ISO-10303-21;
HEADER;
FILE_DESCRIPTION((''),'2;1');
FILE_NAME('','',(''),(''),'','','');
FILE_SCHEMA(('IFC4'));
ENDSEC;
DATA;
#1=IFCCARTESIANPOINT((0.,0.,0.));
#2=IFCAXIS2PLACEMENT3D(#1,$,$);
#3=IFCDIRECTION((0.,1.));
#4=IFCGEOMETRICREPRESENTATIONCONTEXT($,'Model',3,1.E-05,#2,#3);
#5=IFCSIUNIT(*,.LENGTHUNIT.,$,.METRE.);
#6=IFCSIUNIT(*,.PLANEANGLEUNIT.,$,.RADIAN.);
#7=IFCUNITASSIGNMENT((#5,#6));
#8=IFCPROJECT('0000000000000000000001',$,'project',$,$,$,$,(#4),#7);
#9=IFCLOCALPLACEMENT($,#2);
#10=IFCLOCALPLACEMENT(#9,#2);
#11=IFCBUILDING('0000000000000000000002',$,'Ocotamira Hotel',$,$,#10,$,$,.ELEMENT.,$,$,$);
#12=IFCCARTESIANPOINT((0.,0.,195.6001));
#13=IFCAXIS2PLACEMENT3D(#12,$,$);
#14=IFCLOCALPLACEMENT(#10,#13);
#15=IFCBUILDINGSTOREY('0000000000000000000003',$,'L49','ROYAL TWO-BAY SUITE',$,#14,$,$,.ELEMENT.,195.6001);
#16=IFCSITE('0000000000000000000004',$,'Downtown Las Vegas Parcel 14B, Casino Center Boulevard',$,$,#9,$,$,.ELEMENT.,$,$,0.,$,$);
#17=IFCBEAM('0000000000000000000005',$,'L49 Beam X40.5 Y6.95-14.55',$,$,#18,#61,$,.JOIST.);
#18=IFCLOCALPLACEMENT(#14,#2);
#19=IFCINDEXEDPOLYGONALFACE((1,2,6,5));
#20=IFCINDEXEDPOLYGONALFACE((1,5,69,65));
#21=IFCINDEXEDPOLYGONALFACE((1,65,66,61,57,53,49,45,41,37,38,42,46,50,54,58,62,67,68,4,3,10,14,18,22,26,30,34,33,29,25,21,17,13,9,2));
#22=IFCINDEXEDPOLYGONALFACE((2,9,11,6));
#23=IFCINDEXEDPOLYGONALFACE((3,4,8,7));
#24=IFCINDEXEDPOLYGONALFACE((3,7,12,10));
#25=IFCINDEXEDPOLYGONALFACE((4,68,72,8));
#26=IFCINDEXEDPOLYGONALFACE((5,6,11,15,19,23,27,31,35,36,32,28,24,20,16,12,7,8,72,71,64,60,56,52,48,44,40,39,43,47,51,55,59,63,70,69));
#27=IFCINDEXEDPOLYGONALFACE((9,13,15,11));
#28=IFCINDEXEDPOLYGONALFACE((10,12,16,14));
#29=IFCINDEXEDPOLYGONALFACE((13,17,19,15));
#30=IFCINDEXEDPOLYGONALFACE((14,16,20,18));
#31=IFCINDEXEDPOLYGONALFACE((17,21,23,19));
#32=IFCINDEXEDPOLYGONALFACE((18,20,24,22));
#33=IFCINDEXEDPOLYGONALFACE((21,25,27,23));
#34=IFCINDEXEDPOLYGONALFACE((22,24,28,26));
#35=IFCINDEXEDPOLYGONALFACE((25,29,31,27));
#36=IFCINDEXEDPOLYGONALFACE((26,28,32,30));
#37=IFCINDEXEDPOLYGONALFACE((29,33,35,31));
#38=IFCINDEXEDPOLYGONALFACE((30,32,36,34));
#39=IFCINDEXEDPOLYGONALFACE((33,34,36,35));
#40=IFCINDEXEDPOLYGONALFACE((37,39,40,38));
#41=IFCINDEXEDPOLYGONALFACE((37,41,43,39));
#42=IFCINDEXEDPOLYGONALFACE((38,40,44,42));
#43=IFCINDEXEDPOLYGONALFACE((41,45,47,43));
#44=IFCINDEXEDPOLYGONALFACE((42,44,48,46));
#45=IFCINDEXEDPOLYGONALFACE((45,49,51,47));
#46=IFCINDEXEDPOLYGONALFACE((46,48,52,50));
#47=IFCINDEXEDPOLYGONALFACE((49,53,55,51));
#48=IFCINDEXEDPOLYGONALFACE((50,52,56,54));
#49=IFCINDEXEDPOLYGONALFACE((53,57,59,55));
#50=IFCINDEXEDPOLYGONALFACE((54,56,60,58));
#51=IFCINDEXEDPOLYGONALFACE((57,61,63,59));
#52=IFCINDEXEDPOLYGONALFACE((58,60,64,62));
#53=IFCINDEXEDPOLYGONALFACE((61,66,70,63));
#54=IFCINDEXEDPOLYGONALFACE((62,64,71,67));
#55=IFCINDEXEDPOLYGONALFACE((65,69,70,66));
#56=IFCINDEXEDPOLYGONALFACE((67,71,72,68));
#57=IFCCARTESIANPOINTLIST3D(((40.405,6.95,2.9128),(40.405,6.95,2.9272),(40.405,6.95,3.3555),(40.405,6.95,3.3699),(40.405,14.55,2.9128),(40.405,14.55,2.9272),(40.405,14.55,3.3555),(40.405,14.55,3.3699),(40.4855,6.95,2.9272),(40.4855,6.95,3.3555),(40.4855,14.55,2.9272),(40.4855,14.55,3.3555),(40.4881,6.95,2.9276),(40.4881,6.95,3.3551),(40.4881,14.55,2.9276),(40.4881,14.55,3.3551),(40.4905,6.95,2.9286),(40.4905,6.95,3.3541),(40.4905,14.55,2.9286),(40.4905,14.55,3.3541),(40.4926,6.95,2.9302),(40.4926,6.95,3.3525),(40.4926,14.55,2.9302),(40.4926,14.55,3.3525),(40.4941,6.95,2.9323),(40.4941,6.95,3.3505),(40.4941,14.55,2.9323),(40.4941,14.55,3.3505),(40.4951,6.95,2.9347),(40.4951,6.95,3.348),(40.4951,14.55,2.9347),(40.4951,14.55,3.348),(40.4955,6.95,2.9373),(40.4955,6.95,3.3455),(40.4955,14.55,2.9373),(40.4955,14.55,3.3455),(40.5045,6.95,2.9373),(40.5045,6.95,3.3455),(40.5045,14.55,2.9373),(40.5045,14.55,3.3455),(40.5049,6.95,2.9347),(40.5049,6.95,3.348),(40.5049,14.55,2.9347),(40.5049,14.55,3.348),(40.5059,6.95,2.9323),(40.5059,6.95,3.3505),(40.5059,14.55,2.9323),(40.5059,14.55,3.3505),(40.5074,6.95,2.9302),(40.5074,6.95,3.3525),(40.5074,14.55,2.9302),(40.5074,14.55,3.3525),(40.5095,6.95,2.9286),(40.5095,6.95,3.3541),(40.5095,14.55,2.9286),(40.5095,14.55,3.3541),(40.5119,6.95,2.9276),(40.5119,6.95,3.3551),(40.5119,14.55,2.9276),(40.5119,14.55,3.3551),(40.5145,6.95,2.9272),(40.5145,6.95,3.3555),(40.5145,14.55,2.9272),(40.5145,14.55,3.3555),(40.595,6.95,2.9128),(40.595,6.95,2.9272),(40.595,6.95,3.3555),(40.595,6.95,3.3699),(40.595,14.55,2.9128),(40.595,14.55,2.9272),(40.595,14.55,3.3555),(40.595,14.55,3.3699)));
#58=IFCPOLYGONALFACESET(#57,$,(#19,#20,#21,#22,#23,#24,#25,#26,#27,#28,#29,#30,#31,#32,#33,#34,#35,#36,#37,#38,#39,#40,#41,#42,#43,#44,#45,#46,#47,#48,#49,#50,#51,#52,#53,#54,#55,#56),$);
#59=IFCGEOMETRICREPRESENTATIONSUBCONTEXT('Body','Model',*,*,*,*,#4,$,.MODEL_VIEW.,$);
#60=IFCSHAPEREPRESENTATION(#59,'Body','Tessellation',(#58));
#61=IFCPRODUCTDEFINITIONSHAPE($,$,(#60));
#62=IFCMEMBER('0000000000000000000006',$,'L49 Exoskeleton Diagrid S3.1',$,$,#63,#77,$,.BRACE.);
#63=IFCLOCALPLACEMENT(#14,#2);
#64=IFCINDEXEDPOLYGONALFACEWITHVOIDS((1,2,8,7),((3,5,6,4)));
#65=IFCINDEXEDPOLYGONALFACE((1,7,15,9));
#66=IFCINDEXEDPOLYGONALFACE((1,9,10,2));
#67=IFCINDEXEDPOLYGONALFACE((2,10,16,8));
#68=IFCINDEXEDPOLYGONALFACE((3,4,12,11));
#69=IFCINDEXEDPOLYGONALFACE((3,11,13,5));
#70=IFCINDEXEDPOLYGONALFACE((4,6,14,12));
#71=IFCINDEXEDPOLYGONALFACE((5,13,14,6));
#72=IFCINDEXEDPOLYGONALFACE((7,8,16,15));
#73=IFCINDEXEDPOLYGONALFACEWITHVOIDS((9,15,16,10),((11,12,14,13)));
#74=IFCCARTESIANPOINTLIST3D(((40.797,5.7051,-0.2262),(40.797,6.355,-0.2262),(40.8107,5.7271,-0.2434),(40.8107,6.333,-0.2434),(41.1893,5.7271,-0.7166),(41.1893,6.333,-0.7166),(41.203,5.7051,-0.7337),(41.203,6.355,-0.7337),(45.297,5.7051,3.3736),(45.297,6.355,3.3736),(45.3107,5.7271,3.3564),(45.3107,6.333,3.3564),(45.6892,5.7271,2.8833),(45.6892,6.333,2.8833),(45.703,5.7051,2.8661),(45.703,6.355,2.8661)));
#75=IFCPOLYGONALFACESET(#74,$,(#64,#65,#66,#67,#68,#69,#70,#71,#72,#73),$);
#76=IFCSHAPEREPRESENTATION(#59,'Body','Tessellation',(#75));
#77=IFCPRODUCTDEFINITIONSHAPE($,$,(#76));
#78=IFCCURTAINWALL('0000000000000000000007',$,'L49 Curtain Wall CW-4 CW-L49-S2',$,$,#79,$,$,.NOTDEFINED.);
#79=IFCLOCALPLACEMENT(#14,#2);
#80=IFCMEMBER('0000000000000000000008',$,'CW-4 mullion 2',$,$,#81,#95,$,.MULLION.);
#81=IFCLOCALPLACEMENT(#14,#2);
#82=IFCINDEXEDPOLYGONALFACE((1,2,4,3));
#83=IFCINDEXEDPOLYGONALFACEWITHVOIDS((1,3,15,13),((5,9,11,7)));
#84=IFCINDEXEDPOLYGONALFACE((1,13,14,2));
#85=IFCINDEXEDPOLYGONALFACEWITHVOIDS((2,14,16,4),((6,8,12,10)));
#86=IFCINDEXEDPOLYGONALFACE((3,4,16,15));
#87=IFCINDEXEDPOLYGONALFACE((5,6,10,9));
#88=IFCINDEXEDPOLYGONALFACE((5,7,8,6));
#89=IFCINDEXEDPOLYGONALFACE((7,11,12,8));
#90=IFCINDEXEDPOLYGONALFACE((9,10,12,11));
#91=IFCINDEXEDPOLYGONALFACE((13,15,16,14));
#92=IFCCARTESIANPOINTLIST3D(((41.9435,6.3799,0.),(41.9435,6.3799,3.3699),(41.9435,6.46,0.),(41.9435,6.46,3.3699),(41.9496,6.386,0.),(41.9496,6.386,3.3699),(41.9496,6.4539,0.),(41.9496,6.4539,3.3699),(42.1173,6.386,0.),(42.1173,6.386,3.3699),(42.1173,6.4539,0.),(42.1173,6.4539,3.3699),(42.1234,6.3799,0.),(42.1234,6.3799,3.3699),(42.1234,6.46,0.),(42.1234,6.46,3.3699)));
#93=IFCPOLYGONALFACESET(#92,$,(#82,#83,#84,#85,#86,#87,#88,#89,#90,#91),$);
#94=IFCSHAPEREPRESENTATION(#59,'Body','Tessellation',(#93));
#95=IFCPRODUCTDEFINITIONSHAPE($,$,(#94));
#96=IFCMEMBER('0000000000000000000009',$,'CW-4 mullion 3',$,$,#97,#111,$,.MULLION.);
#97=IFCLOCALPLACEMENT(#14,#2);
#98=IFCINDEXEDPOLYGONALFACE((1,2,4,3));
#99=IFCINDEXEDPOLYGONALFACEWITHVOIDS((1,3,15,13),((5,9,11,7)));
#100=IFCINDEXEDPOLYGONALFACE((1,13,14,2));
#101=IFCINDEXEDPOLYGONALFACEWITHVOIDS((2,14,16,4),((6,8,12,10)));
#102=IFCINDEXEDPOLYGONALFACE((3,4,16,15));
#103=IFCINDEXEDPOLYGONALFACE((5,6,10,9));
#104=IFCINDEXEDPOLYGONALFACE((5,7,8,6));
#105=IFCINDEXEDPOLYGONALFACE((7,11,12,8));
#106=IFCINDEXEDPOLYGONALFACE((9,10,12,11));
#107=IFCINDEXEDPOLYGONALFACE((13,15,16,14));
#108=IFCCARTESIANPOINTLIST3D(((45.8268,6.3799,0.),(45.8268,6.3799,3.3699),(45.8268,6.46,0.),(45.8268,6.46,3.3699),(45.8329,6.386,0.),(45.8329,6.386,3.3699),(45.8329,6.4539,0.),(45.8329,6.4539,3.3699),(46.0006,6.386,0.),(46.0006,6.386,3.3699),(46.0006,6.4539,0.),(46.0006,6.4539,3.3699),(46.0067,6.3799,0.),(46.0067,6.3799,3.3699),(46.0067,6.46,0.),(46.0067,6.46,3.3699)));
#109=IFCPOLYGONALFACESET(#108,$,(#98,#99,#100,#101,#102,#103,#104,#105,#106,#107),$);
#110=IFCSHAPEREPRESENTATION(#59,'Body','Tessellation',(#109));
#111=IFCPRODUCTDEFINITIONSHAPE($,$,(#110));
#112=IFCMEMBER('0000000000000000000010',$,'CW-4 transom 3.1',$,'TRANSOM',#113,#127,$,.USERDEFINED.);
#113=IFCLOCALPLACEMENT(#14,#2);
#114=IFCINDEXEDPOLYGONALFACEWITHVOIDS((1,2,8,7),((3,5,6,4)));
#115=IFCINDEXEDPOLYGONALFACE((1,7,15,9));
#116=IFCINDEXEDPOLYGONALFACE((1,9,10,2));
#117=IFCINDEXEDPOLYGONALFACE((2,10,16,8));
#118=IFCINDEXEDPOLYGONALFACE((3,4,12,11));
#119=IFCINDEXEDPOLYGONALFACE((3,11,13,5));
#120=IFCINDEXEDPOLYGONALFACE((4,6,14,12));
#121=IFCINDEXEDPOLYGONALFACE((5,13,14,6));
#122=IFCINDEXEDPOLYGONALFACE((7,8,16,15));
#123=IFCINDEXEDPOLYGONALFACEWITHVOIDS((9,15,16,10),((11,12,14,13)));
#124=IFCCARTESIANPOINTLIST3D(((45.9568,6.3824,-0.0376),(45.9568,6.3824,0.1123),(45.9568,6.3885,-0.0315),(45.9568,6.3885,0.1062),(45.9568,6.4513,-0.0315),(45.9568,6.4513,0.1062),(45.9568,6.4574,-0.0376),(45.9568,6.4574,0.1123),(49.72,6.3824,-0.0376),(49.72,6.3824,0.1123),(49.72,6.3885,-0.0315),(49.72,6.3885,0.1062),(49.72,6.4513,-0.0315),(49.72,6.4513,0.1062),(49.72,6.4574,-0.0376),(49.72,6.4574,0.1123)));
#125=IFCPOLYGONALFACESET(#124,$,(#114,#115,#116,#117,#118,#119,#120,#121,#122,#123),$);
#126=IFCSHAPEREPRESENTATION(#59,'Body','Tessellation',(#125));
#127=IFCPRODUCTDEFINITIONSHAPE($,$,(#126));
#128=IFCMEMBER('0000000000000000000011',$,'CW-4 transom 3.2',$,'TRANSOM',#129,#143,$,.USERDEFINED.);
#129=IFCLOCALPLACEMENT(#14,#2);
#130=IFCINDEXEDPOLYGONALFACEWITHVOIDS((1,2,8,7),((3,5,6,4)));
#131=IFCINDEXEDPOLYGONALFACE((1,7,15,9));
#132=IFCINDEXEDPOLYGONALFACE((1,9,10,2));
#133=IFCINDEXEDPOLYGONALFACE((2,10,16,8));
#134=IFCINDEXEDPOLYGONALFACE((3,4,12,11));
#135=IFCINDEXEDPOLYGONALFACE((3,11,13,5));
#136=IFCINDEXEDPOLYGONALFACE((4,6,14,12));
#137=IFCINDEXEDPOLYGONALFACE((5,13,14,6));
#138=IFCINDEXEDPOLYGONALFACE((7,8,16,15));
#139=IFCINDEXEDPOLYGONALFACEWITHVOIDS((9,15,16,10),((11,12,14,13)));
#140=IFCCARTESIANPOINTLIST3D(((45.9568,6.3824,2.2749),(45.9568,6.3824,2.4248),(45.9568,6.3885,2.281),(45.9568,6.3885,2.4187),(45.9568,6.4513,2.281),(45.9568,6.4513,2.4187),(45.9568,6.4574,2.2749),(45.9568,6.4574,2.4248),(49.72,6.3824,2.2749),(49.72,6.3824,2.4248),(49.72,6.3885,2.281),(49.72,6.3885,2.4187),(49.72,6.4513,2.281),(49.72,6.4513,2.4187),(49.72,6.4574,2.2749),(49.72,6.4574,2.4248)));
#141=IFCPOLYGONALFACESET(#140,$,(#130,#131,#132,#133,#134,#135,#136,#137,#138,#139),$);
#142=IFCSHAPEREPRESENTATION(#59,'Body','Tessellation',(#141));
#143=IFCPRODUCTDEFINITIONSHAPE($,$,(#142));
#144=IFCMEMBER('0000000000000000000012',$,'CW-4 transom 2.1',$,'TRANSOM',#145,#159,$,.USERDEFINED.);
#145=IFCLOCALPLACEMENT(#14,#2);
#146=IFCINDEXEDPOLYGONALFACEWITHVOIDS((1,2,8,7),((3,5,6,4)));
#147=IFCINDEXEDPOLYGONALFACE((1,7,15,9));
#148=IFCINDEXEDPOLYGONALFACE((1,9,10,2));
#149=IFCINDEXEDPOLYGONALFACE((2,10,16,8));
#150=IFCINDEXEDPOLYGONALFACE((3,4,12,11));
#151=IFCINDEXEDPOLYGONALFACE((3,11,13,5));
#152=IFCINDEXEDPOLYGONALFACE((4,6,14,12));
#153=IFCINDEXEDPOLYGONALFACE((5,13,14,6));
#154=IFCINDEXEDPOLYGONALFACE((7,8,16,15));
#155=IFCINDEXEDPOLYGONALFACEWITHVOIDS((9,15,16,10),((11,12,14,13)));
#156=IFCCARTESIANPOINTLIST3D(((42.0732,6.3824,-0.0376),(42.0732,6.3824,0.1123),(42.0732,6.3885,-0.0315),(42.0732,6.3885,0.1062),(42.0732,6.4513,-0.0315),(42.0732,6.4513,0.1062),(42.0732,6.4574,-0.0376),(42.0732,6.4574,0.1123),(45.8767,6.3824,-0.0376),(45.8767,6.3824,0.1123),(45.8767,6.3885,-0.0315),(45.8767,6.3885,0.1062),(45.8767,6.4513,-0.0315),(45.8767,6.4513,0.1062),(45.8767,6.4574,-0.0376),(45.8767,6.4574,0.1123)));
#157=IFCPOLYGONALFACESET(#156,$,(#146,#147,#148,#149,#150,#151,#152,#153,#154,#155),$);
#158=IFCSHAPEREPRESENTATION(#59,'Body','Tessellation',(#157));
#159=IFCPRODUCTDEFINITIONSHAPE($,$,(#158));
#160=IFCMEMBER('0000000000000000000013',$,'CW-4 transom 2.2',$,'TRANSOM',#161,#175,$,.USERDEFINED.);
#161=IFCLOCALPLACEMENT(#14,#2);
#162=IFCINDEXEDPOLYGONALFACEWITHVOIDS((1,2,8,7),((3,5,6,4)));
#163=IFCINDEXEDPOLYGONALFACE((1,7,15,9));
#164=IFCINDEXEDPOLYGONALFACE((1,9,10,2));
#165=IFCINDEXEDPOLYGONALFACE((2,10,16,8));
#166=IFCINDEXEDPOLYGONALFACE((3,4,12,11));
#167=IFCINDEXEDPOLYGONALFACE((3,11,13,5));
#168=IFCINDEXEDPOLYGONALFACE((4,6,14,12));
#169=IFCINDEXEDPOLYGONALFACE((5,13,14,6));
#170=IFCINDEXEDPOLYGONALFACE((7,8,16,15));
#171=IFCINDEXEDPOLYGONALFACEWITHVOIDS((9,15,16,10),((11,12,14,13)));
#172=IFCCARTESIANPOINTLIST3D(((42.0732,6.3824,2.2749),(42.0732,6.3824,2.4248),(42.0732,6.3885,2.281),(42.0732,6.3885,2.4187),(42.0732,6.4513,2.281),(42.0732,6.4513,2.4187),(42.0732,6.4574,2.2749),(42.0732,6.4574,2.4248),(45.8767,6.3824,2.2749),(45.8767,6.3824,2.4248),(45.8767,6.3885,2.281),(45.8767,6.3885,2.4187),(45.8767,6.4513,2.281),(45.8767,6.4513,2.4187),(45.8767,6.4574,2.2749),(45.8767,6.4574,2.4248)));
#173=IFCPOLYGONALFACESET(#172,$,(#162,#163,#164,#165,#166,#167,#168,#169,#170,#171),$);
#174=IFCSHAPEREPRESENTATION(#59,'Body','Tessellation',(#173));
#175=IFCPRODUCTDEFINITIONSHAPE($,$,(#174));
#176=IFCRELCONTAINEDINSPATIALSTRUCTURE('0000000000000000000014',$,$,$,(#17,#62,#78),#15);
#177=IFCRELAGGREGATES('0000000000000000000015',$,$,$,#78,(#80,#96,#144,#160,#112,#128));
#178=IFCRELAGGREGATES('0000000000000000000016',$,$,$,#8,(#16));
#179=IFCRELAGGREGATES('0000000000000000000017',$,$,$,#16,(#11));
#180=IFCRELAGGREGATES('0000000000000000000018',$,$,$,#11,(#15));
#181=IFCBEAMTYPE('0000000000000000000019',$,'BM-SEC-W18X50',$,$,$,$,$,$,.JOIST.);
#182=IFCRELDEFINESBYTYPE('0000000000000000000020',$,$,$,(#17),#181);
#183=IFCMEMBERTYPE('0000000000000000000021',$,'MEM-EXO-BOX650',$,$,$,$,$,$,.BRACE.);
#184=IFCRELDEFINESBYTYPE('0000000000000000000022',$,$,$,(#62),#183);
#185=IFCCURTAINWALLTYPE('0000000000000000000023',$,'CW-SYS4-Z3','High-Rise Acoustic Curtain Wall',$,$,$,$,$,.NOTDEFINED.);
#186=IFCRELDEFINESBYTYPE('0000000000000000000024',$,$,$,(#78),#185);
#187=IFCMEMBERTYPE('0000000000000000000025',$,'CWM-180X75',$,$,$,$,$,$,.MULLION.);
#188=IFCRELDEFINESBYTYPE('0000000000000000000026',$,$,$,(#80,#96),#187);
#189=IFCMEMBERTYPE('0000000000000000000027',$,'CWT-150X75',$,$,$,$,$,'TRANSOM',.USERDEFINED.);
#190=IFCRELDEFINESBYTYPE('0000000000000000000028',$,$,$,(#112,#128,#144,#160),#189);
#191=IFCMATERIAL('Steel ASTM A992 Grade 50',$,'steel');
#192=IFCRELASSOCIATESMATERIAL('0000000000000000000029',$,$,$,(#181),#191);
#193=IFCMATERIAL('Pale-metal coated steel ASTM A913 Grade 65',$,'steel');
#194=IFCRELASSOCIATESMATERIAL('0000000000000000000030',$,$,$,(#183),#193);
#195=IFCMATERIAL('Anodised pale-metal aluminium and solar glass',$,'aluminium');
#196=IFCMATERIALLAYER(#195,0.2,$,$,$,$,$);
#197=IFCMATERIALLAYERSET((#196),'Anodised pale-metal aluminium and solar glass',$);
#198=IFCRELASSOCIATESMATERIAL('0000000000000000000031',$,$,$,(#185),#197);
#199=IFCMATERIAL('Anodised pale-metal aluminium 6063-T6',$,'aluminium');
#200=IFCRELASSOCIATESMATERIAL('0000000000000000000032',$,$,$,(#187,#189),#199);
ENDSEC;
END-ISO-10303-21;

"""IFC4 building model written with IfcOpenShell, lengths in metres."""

from ifc_helpers import new_model, si_unit, direction, frame, origin, origin_2d, place, context, subcontext, project, spatial, hollow_rectangle, i_section, extrude, source, transform, mapped, material, layer, layer_set, material_profile, profile_set, type_object, element, aggregate, save


model = new_model("IFC4")

# Units and contexts
model_context = context("Model", 3, precision=1e-05, world=origin(), true_north=direction((0.0, 1.0)))
body_context = subcontext(model_context, "Body", "Model", "MODEL_VIEW")
ifc_project = project(units=[si_unit("LENGTHUNIT", "METRE"), si_unit("PLANEANGLEUNIT", "RADIAN")], contexts=[model_context])

# Site, building, storey
site_placement = place(None, origin())
site = spatial("IfcSite", under=ifc_project, at=site_placement, Name="Downtown Las Vegas Parcel 14B, Casino Center Boulevard", CompositionType="ELEMENT", RefElevation=0.0)
building_placement = place(site_placement, origin())
building = spatial("IfcBuilding", under=site, at=building_placement, Name="Ocotamira Hotel", CompositionType="ELEMENT")
storey_placement = place(building_placement, frame((0.0, 0.0, 195.6001)))
storey = spatial("IfcBuildingStorey", under=building, at=storey_placement, Name="L49", Description="ROYAL TWO-BAY SUITE", CompositionType="ELEMENT", Elevation=195.6001)

# Beam
ifc_material_1 = material(Name="Steel ASTM A992 Grade 50", Category="steel")
ifc_material_profile_1 = material_profile(ifc_material_1, i_section(OverallWidth=0.1899, OverallDepth=0.457, WebThickness=0.009, FlangeThickness=0.0144, FilletRadius=0.01, at=origin_2d()), Name="W18X50")
ifc_profile_set_1 = profile_set([ifc_material_profile_1], Name="Steel ASTM A992 Grade 50")
beam_type_1 = type_object("IfcBeamType", Name="BM-SEC-W18X50", PredefinedType="JOIST", material=ifc_profile_set_1)
shared_shape_1 = source(origin(), body_context, "Body", "SweptSolid", [
    extrude(i_section(OverallWidth=0.1899, OverallDepth=0.457, WebThickness=0.009, FlangeThickness=0.0144, FilletRadius=0.01, at=origin_2d()), origin(), (0.0, 0.0, 1.0), 7.6001),
])
beam_1_placement = place(storey_placement, frame((40.5, 6.95, 3.1414), z_axis=(0.0, 1.0, 0.0), x_axis=(-1.0, 0.0, 0.0)))
element("IfcBeam", 1, at=beam_1_placement, inside=storey, type_object=beam_type_1, Name="L49 Beam X40.5 Y6.95-14.55", PredefinedType="JOIST", context=body_context, shape_type="MappedRepresentation", body=[
    mapped(shared_shape_1, transform((0.0, 0.0, 0.0), scale=1.0)),
])

# Member
ifc_material_2 = material(Name="Pale-metal coated steel ASTM A913 Grade 65", Category="steel")
ifc_material_profile_2 = material_profile(ifc_material_2, hollow_rectangle(XDim=0.6499, YDim=0.6499, WallThickness=0.022, at=origin_2d()), Name="BOX650X650X22")
ifc_profile_set_2 = profile_set([ifc_material_profile_2], Name="Pale-metal coated steel ASTM A913 Grade 65")
member_type_1 = type_object("IfcMemberType", Name="MEM-EXO-BOX650", PredefinedType="BRACE", material=ifc_profile_set_2)
shared_shape_2 = source(origin(), body_context, "Body", "SweptSolid", [
    extrude(hollow_rectangle(XDim=0.6499, YDim=0.6499, WallThickness=0.022, at=origin_2d()), origin(), (0.0, 0.0, 1.0), 5.7627),
])
member_1_placement = place(storey_placement, frame((41.0, 6.03, -0.48), z_axis=(0.780881, 0.0, 0.62468), x_axis=(0.0, 1.0, 0.0)))
element("IfcMember", 2, at=member_1_placement, inside=storey, type_object=member_type_1, Name="L49 Exoskeleton Diagrid S3.1", PredefinedType="BRACE", context=body_context, shape_type="MappedRepresentation", body=[
    mapped(shared_shape_2, transform((0.0, 0.0, 0.0), scale=1.0)),
])

# Curtain wall, members
ifc_material_3 = material(Name="Anodised pale-metal aluminium and solar glass", Category="aluminium")
ifc_layer_1 = layer(ifc_material_3, 0.2)
ifc_layer_set_1 = layer_set([ifc_layer_1], Name="Anodised pale-metal aluminium and solar glass")
curtain_wall_type = type_object("IfcCurtainWallType", Name="CW-SYS4-Z3", Description="High-Rise Acoustic Curtain Wall", PredefinedType="NOTDEFINED", material=ifc_layer_set_1)
curtain_wall_placement = place(storey_placement, origin())
curtain_wall = element("IfcCurtainWall", 3, at=curtain_wall_placement, inside=storey, type_object=curtain_wall_type, Name="L49 Curtain Wall CW-4 CW-L49-S2", PredefinedType="NOTDEFINED")
ifc_material_4 = material(Name="Anodised pale-metal aluminium 6063-T6", Category="aluminium")
ifc_material_profile_3 = material_profile(ifc_material_4, hollow_rectangle(XDim=0.0801, YDim=0.1799, WallThickness=0.0061, at=origin_2d()), Name="HSS180X80X6")
ifc_profile_set_3 = profile_set([ifc_material_profile_3], Name="Anodised pale-metal aluminium 6063-T6")
member_type_2 = type_object("IfcMemberType", Name="CWM-180X75", PredefinedType="MULLION", material=ifc_profile_set_3)
shared_shape_3 = source(origin(), body_context, "Body", "SweptSolid", [
    extrude(hollow_rectangle(XDim=0.0801, YDim=0.1799, WallThickness=0.0061, at=origin_2d()), origin(), (0.0, 0.0, 1.0), 3.3699),
])
member_2_placement = place(storey_placement, frame((42.0334, 6.4199, 0.0), z_axis=(0.0, 0.0, 1.0), x_axis=(0.0, 1.0, 0.0)))
member_2 = element("IfcMember", 4, at=member_2_placement, type_object=member_type_2, Name="CW-4 mullion 2", PredefinedType="MULLION", context=body_context, shape_type="MappedRepresentation", body=[
    mapped(shared_shape_3, transform((0.0, 0.0, 0.0), scale=1.0)),
])
member_3_placement = place(storey_placement, frame((45.9167, 6.4199, 0.0), z_axis=(0.0, 0.0, 1.0), x_axis=(0.0, 1.0, 0.0)))
member_3 = element("IfcMember", 5, at=member_3_placement, type_object=member_type_2, Name="CW-4 mullion 3", PredefinedType="MULLION", context=body_context, shape_type="MappedRepresentation", body=[
    mapped(shared_shape_3, transform((0.0, 0.0, 0.0), scale=1.0)),
])
ifc_material_profile_4 = material_profile(ifc_material_4, hollow_rectangle(XDim=0.075, YDim=0.1499, WallThickness=0.0061, at=origin_2d()), Name="HSS150X75X6")
ifc_profile_set_4 = profile_set([ifc_material_profile_4], Name="Anodised pale-metal aluminium 6063-T6")
member_type_3 = type_object("IfcMemberType", Name="CWT-150X75", ElementType="TRANSOM", PredefinedType="USERDEFINED", material=ifc_profile_set_4)
shared_shape_4 = source(origin(), body_context, "Body", "SweptSolid", [
    extrude(hollow_rectangle(XDim=0.075, YDim=0.1499, WallThickness=0.0061, at=origin_2d()), origin(), (0.0, 0.0, 1.0), 3.7632),
])
member_4_placement = place(storey_placement, frame((45.9568, 6.4199, 0.0374), z_axis=(1.0, 0.0, 0.0), x_axis=(0.0, 1.0, 0.0)))
member_4 = element("IfcMember", 6, at=member_4_placement, type_object=member_type_3, Name="CW-4 transom 3.1", ObjectType="TRANSOM", PredefinedType="USERDEFINED", context=body_context, shape_type="MappedRepresentation", body=[
    mapped(shared_shape_4, transform((0.0, 0.0, 0.0), scale=1.0)),
])
member_5_placement = place(storey_placement, frame((45.9568, 6.4199, 2.3499), z_axis=(1.0, 0.0, 0.0), x_axis=(0.0, 1.0, 0.0)))
member_5 = element("IfcMember", 7, at=member_5_placement, type_object=member_type_3, Name="CW-4 transom 3.2", ObjectType="TRANSOM", PredefinedType="USERDEFINED", context=body_context, shape_type="MappedRepresentation", body=[
    mapped(shared_shape_4, transform((0.0, 0.0, 0.0), scale=1.0)),
])
shared_shape_5 = source(origin(), body_context, "Body", "SweptSolid", [
    extrude(hollow_rectangle(XDim=0.075, YDim=0.1499, WallThickness=0.0061, at=origin_2d()), origin(), (0.0, 0.0, 1.0), 3.8035),
])
member_6_placement = place(storey_placement, frame((42.0732, 6.4199, 0.0374), z_axis=(1.0, 0.0, 0.0), x_axis=(0.0, 1.0, 0.0)))
member_6 = element("IfcMember", 8, at=member_6_placement, type_object=member_type_3, Name="CW-4 transom 2.1", ObjectType="TRANSOM", PredefinedType="USERDEFINED", context=body_context, shape_type="MappedRepresentation", body=[
    mapped(shared_shape_5, transform((0.0, 0.0, 0.0), scale=1.0)),
])
member_7_placement = place(storey_placement, frame((42.0732, 6.4199, 2.3499), z_axis=(1.0, 0.0, 0.0), x_axis=(0.0, 1.0, 0.0)))
member_7 = element("IfcMember", 9, at=member_7_placement, type_object=member_type_3, Name="CW-4 transom 2.2", ObjectType="TRANSOM", PredefinedType="USERDEFINED", context=body_context, shape_type="MappedRepresentation", body=[
    mapped(shared_shape_5, transform((0.0, 0.0, 0.0), scale=1.0)),
])

aggregate(curtain_wall, [member_2, member_3, member_6, member_7, member_4, member_5])

save(model, "model.ifc")
